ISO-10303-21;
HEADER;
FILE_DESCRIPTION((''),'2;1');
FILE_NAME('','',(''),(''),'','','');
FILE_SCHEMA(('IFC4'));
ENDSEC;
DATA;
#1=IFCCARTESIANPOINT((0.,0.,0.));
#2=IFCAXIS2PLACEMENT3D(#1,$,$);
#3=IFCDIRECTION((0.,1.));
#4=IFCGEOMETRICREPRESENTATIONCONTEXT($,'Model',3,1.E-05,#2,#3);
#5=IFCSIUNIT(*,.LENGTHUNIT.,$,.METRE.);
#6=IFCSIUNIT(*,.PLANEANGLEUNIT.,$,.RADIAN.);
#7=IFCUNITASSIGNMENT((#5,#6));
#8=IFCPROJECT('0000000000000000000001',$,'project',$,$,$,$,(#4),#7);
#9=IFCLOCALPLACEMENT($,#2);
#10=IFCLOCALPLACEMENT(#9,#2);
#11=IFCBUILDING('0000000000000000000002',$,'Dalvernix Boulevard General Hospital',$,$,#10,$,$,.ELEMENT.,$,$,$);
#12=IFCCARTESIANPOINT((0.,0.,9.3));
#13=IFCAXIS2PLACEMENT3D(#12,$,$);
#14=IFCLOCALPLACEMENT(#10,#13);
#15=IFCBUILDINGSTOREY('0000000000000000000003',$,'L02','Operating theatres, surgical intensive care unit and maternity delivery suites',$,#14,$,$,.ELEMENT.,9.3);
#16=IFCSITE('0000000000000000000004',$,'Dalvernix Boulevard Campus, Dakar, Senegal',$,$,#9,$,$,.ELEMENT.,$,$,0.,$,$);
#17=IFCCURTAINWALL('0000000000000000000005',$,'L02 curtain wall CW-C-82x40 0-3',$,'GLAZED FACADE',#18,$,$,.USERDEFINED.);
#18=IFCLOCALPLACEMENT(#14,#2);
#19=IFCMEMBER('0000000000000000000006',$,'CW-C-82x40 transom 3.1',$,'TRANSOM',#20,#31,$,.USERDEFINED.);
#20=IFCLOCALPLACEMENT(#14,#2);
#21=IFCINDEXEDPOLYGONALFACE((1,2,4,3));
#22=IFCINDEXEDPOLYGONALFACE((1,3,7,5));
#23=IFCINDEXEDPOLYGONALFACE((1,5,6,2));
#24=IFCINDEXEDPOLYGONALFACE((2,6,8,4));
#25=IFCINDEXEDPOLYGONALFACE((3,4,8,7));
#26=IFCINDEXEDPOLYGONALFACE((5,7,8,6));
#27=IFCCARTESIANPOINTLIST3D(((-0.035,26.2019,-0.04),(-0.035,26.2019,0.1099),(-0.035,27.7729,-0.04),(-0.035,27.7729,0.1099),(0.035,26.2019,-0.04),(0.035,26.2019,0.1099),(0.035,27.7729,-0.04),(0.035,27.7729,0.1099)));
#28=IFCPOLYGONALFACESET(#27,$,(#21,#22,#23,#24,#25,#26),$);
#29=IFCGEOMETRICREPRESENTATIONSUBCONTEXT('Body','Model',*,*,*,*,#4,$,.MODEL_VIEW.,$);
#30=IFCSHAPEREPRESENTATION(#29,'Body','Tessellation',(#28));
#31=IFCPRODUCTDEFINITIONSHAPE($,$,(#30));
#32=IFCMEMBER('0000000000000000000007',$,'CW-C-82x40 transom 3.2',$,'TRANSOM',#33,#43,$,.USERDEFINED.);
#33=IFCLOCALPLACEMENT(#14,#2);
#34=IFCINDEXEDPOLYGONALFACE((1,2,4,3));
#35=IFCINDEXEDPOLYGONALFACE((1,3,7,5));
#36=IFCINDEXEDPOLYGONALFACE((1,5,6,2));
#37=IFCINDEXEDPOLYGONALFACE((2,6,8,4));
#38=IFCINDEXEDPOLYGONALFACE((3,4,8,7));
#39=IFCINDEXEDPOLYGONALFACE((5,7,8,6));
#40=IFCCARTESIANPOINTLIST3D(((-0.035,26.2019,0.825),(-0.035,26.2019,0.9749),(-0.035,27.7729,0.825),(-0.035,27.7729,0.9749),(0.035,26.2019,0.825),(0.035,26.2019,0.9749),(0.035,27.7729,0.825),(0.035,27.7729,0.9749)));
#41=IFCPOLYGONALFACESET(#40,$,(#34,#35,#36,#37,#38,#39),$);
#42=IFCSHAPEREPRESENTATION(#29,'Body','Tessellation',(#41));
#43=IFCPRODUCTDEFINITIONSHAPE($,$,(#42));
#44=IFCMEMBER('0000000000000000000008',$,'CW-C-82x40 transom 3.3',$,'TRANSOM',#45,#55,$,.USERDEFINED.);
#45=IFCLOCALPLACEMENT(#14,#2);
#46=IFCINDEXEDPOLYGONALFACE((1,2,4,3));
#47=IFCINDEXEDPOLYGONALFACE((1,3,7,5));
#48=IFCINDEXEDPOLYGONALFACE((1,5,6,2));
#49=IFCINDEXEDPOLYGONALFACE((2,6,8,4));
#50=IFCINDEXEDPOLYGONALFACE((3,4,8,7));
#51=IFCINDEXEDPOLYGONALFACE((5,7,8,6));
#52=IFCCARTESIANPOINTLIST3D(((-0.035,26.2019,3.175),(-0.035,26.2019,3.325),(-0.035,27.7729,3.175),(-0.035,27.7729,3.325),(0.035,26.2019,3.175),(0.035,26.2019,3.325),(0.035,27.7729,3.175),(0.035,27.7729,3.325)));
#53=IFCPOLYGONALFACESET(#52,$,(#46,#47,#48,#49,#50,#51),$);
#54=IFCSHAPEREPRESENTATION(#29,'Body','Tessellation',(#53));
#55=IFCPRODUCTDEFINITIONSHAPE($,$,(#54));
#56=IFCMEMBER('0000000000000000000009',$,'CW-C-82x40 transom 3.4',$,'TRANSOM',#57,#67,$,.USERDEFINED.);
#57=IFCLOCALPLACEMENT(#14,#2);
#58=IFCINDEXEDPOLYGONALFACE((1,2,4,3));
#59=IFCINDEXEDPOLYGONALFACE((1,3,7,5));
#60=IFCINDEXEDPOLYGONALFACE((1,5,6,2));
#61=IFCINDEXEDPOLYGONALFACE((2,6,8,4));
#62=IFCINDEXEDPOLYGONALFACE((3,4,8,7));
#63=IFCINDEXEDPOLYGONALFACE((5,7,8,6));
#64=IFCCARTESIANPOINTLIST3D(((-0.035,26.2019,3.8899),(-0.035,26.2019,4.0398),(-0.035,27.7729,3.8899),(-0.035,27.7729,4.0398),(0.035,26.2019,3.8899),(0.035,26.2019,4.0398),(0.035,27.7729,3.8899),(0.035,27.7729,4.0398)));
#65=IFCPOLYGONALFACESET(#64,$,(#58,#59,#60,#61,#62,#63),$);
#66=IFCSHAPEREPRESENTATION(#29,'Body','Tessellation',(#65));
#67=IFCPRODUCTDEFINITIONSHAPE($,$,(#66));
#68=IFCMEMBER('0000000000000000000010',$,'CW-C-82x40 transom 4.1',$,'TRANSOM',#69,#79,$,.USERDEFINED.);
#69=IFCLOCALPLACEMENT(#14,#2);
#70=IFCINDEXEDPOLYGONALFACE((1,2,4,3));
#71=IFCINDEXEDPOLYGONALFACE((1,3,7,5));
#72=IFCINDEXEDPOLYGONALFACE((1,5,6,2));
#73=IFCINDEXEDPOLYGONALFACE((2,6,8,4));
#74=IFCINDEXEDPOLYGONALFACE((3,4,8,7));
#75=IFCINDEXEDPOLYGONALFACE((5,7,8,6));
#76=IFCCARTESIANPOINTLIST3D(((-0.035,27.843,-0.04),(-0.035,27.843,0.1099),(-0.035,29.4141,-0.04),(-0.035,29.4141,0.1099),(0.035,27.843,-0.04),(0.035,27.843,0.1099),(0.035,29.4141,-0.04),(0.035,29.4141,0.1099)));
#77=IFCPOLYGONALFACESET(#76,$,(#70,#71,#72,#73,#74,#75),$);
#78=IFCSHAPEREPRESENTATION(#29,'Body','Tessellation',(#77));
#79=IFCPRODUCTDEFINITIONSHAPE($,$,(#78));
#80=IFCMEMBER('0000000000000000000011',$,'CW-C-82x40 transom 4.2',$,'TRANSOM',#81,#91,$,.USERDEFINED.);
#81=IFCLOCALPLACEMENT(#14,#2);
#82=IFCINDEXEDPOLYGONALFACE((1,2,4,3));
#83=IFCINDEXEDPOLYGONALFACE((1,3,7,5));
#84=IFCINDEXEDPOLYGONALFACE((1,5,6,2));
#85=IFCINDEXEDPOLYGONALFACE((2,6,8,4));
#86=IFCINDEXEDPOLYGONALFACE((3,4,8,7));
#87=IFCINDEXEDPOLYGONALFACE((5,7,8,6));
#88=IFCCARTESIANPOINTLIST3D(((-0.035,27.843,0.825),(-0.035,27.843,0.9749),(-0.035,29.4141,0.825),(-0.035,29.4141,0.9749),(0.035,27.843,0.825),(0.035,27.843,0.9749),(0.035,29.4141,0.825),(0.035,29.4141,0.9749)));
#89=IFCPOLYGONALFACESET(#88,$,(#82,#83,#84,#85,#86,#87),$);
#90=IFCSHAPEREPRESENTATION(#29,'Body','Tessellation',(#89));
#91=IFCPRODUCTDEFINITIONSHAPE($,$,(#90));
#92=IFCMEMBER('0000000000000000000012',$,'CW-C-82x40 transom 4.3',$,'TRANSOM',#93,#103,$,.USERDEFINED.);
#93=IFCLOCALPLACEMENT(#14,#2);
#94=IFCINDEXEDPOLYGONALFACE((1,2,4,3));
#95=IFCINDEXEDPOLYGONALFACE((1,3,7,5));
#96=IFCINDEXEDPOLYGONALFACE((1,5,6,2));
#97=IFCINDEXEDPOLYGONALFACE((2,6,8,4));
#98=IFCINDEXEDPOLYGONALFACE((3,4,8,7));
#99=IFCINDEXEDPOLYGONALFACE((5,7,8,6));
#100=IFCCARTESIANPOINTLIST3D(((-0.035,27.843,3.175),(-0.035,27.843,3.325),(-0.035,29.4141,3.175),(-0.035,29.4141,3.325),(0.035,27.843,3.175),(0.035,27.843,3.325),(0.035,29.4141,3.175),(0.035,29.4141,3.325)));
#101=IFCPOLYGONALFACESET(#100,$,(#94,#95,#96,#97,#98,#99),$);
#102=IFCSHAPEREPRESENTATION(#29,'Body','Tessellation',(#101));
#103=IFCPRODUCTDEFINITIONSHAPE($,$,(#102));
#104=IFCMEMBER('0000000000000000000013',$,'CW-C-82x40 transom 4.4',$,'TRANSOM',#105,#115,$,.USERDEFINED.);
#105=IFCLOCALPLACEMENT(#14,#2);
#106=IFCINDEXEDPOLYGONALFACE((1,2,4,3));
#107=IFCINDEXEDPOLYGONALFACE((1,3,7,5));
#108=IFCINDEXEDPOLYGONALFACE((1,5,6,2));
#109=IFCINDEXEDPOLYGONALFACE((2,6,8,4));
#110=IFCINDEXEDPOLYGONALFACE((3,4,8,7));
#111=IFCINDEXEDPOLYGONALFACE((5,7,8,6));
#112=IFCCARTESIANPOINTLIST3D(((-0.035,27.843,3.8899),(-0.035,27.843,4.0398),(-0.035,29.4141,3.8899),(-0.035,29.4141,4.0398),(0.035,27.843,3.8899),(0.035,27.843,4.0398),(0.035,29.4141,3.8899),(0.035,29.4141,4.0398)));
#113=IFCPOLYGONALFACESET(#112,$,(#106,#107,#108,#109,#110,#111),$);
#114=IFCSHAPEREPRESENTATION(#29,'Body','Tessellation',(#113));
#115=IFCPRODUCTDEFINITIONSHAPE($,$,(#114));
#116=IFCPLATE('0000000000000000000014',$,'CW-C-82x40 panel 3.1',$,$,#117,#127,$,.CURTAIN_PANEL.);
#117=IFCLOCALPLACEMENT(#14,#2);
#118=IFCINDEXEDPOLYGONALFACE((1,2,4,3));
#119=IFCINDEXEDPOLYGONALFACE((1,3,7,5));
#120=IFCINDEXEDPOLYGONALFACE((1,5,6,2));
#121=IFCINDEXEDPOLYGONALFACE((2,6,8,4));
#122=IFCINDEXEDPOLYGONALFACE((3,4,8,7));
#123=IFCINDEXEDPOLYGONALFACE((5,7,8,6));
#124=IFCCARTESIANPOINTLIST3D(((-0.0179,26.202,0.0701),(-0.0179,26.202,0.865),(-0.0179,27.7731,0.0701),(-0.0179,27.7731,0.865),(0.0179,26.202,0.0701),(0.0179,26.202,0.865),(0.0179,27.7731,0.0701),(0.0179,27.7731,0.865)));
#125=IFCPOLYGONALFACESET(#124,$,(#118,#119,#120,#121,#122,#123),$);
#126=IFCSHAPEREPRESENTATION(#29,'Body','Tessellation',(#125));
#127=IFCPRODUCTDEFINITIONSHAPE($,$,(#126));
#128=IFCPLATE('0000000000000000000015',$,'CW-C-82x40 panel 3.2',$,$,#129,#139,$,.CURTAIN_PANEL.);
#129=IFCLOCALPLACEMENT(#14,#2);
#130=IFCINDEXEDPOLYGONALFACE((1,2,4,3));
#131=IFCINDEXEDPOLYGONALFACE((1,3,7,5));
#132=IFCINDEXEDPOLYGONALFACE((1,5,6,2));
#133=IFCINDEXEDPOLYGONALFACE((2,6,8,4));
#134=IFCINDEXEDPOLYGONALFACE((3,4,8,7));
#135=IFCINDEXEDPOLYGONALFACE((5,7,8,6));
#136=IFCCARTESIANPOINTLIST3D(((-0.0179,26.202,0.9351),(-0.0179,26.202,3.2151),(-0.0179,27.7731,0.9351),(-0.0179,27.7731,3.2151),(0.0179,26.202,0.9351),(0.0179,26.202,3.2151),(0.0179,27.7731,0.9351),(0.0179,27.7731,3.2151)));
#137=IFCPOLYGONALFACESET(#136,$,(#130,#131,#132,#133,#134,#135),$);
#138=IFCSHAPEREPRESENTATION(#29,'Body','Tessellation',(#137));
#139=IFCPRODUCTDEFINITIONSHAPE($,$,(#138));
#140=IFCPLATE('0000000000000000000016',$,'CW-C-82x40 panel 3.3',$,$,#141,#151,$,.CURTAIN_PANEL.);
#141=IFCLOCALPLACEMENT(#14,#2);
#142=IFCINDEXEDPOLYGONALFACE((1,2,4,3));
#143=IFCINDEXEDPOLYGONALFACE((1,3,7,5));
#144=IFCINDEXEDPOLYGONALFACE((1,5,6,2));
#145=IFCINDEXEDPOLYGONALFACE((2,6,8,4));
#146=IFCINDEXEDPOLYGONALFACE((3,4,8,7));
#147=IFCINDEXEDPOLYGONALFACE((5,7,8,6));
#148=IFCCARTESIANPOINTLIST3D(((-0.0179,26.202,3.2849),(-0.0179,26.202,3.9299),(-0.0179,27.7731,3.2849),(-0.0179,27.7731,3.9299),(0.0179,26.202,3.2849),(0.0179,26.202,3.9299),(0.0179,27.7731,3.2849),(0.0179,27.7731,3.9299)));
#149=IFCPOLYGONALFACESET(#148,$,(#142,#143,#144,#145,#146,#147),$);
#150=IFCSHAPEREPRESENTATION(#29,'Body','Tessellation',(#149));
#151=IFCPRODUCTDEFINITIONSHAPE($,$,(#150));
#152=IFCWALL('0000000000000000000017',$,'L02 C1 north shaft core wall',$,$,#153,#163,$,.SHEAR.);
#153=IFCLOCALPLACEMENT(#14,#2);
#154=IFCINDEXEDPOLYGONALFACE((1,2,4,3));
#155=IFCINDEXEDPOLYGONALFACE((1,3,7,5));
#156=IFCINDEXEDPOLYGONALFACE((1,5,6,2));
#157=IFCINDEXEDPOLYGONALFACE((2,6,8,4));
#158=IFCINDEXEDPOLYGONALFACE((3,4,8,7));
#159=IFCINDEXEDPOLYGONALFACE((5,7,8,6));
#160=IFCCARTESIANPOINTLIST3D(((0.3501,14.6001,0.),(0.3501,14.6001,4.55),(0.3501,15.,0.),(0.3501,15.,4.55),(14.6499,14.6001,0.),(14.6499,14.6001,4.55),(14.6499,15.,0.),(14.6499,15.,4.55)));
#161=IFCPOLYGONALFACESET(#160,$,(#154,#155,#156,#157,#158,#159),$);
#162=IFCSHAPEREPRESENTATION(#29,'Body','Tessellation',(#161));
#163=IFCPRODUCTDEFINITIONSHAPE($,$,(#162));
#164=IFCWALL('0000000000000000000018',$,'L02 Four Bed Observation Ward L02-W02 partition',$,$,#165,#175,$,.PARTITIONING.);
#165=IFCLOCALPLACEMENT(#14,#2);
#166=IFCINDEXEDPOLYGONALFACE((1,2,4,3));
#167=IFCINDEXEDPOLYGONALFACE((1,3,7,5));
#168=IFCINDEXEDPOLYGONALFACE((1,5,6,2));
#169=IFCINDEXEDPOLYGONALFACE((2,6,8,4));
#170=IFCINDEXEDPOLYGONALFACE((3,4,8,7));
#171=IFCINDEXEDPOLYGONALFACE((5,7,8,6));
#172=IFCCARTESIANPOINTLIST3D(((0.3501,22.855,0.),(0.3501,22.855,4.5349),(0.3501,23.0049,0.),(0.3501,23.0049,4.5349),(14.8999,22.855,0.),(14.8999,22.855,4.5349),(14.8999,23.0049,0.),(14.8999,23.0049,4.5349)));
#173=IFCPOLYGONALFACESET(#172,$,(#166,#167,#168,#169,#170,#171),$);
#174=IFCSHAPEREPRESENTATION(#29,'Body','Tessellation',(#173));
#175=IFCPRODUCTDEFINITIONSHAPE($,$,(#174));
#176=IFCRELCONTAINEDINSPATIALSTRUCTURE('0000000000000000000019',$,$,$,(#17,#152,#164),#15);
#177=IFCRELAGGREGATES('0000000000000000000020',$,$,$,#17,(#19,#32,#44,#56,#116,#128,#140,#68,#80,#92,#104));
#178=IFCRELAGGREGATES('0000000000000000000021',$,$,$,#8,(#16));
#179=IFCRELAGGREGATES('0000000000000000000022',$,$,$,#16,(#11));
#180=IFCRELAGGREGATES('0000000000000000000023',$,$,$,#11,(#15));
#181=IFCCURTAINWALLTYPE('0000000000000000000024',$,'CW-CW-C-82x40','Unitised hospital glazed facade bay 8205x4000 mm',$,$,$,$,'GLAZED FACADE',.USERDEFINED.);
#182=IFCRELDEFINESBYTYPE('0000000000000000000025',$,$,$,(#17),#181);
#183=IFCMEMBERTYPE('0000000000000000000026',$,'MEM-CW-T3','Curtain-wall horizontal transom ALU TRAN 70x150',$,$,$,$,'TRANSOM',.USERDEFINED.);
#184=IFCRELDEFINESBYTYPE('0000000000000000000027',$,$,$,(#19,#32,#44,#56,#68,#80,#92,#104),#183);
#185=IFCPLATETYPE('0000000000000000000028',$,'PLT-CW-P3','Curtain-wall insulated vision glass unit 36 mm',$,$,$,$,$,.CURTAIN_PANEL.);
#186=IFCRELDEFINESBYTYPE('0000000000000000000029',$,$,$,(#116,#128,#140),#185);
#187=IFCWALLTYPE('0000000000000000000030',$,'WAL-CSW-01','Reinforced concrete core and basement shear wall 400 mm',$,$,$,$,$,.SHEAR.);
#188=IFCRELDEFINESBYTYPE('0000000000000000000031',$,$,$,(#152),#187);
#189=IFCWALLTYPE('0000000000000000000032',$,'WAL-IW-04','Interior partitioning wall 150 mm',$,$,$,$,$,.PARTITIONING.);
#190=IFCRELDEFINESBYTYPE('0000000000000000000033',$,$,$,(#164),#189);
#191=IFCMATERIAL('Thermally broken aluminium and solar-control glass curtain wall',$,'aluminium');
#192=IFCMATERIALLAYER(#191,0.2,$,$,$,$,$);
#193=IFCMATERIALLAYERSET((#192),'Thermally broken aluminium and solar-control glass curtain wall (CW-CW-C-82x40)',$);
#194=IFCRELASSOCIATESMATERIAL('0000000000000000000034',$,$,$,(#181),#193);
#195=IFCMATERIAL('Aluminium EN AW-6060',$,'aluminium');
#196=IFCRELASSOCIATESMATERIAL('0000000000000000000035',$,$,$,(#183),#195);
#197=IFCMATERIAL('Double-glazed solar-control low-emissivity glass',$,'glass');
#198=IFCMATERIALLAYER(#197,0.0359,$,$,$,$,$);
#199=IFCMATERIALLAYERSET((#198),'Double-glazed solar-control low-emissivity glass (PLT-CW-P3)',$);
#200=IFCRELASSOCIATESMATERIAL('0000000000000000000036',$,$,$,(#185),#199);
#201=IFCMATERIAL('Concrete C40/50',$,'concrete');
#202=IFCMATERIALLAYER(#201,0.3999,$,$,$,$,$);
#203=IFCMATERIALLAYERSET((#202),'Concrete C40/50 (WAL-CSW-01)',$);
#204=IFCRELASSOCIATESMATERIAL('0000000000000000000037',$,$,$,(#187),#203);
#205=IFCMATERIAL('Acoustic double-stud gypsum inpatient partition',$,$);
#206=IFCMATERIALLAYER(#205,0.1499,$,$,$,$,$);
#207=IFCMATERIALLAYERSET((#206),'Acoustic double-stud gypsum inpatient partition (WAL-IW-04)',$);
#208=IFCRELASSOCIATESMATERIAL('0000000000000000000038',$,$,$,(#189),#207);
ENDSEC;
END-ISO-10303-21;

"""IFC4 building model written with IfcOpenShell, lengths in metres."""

from ifc_helpers import new_model, si_unit, direction, frame, frame_2d, origin, origin_2d, place, context, subcontext, project, spatial, rectangle, extrude, material, layer, layer_set, material_profile, profile_set, type_object, element, aggregate, save


model = new_model("IFC4")

# Units and contexts
model_context = context("Model", 3, precision=1e-05, world=origin(), true_north=direction((0.0, 1.0)))
body_context = subcontext(model_context, "Body", "Model", "MODEL_VIEW")
ifc_project = project(units=[si_unit("LENGTHUNIT", "METRE"), si_unit("PLANEANGLEUNIT", "RADIAN")], contexts=[model_context])

# Site, building, storey
site_placement = place(None, origin())
site = spatial("IfcSite", under=ifc_project, at=site_placement, Name="Dalvernix Boulevard Campus, Dakar, Senegal", CompositionType="ELEMENT", RefElevation=0.0)
building_placement = place(site_placement, origin())
building = spatial("IfcBuilding", under=site, at=building_placement, Name="Dalvernix Boulevard General Hospital", CompositionType="ELEMENT")
storey_placement = place(building_placement, frame((0.0, 0.0, 9.3)))
storey = spatial("IfcBuildingStorey", under=building, at=storey_placement, Name="L02", Description="Operating theatres, surgical intensive care unit and maternity delivery suites", CompositionType="ELEMENT", Elevation=9.3)

# Shared definitions
ifc_material_1 = material(Name="Concrete C40/50", Category="concrete")

# Curtain wall, members, plates
ifc_material_2 = material(Name="Thermally broken aluminium and solar-control glass curtain wall", Category="aluminium")
ifc_layer_1 = layer(ifc_material_2, 0.2)
ifc_layer_set_1 = layer_set([ifc_layer_1], Name="Thermally broken aluminium and solar-control glass curtain wall (CW-CW-C-82x40)")
curtain_wall_type = type_object("IfcCurtainWallType", Name="CW-CW-C-82x40", Description="Unitised hospital glazed facade bay 8205x4000 mm", ElementType="GLAZED FACADE", PredefinedType="USERDEFINED", material=ifc_layer_set_1)
curtain_wall_placement = place(storey_placement, origin())
curtain_wall = element("IfcCurtainWall", 1, at=curtain_wall_placement, inside=storey, type_object=curtain_wall_type, Name="L02 curtain wall CW-C-82x40 0-3", ObjectType="GLAZED FACADE", PredefinedType="USERDEFINED")
ifc_material_3 = material(Name="Aluminium EN AW-6060", Category="aluminium")
ifc_material_profile_1 = material_profile(ifc_material_3, rectangle(XDim=0.0701, YDim=0.1499, at=origin_2d()), Name="ALU TRAN 70x150")
ifc_profile_set_1 = profile_set([ifc_material_profile_1], Name="Aluminium EN AW-6060")
member_type_1 = type_object("IfcMemberType", Name="MEM-CW-T3", Description="Curtain-wall horizontal transom ALU TRAN 70x150", ElementType="TRANSOM", PredefinedType="USERDEFINED", material=ifc_profile_set_1)
member_1_placement = place(storey_placement, frame((0.0, 26.2019, 0.0349), z_axis=(0.0, 1.0, 0.0), x_axis=(-1.0, 0.0, 0.0)))
member_1 = element("IfcMember", 2, at=member_1_placement, type_object=member_type_1, Name="CW-C-82x40 transom 3.1", ObjectType="TRANSOM", PredefinedType="USERDEFINED", context=body_context, shape_type="SweptSolid", body=[
    extrude(rectangle(XDim=0.0701, YDim=0.1499, at=origin_2d()), origin(), (0.0, 0.0, 1.0), 1.571),
])
member_2_placement = place(storey_placement, frame((0.0, 26.2019, 0.8999), z_axis=(0.0, 1.0, 0.0), x_axis=(-1.0, 0.0, 0.0)))
member_2 = element("IfcMember", 3, at=member_2_placement, type_object=member_type_1, Name="CW-C-82x40 transom 3.2", ObjectType="TRANSOM", PredefinedType="USERDEFINED", context=body_context, shape_type="SweptSolid", body=[
    extrude(rectangle(XDim=0.0701, YDim=0.1499, at=origin_2d()), origin(), (0.0, 0.0, 1.0), 1.571),
])
member_3_placement = place(storey_placement, frame((0.0, 26.2019, 3.25), z_axis=(0.0, 1.0, 0.0), x_axis=(-1.0, 0.0, 0.0)))
member_3 = element("IfcMember", 4, at=member_3_placement, type_object=member_type_1, Name="CW-C-82x40 transom 3.3", ObjectType="TRANSOM", PredefinedType="USERDEFINED", context=body_context, shape_type="SweptSolid", body=[
    extrude(rectangle(XDim=0.0701, YDim=0.1499, at=origin_2d()), origin(), (0.0, 0.0, 1.0), 1.571),
])
member_4_placement = place(storey_placement, frame((0.0, 26.2019, 3.9648), z_axis=(0.0, 1.0, 0.0), x_axis=(-1.0, 0.0, 0.0)))
member_4 = element("IfcMember", 5, at=member_4_placement, type_object=member_type_1, Name="CW-C-82x40 transom 3.4", ObjectType="TRANSOM", PredefinedType="USERDEFINED", context=body_context, shape_type="SweptSolid", body=[
    extrude(rectangle(XDim=0.0701, YDim=0.1499, at=origin_2d()), origin(), (0.0, 0.0, 1.0), 1.571),
])
member_5_placement = place(storey_placement, frame((0.0, 27.843, 0.0349), z_axis=(0.0, 1.0, 0.0), x_axis=(-1.0, 0.0, 0.0)))
member_5 = element("IfcMember", 6, at=member_5_placement, type_object=member_type_1, Name="CW-C-82x40 transom 4.1", ObjectType="TRANSOM", PredefinedType="USERDEFINED", context=body_context, shape_type="SweptSolid", body=[
    extrude(rectangle(XDim=0.0701, YDim=0.1499, at=origin_2d()), origin(), (0.0, 0.0, 1.0), 1.571),
])
member_6_placement = place(storey_placement, frame((0.0, 27.843, 0.8999), z_axis=(0.0, 1.0, 0.0), x_axis=(-1.0, 0.0, 0.0)))
member_6 = element("IfcMember", 7, at=member_6_placement, type_object=member_type_1, Name="CW-C-82x40 transom 4.2", ObjectType="TRANSOM", PredefinedType="USERDEFINED", context=body_context, shape_type="SweptSolid", body=[
    extrude(rectangle(XDim=0.0701, YDim=0.1499, at=origin_2d()), origin(), (0.0, 0.0, 1.0), 1.571),
])
member_7_placement = place(storey_placement, frame((0.0, 27.843, 3.25), z_axis=(0.0, 1.0, 0.0), x_axis=(-1.0, 0.0, 0.0)))
member_7 = element("IfcMember", 8, at=member_7_placement, type_object=member_type_1, Name="CW-C-82x40 transom 4.3", ObjectType="TRANSOM", PredefinedType="USERDEFINED", context=body_context, shape_type="SweptSolid", body=[
    extrude(rectangle(XDim=0.0701, YDim=0.1499, at=origin_2d()), origin(), (0.0, 0.0, 1.0), 1.571),
])
member_8_placement = place(storey_placement, frame((0.0, 27.843, 3.9648), z_axis=(0.0, 1.0, 0.0), x_axis=(-1.0, 0.0, 0.0)))
member_8 = element("IfcMember", 9, at=member_8_placement, type_object=member_type_1, Name="CW-C-82x40 transom 4.4", ObjectType="TRANSOM", PredefinedType="USERDEFINED", context=body_context, shape_type="SweptSolid", body=[
    extrude(rectangle(XDim=0.0701, YDim=0.1499, at=origin_2d()), origin(), (0.0, 0.0, 1.0), 1.571),
])
ifc_material_4 = material(Name="Double-glazed solar-control low-emissivity glass", Category="glass")
ifc_layer_2 = layer(ifc_material_4, 0.0359)
ifc_layer_set_2 = layer_set([ifc_layer_2], Name="Double-glazed solar-control low-emissivity glass (PLT-CW-P3)")
plate_type = type_object("IfcPlateType", Name="PLT-CW-P3", Description="Curtain-wall insulated vision glass unit 36 mm", PredefinedType="CURTAIN_PANEL", material=ifc_layer_set_2)
plate_1_placement = place(storey_placement, frame((0.0, 26.9875, 0.0701), z_axis=(0.0, 0.0, 1.0), x_axis=(0.0, 1.0, 0.0)))
plate_1 = element("IfcPlate", 10, at=plate_1_placement, type_object=plate_type, Name="CW-C-82x40 panel 3.1", PredefinedType="CURTAIN_PANEL", context=body_context, shape_type="SweptSolid", body=[
    extrude(rectangle(XDim=1.571, YDim=0.0359, at=origin_2d()), origin(), (0.0, 0.0, 1.0), 0.7949),
])
plate_2_placement = place(storey_placement, frame((0.0, 26.9875, 0.9351), z_axis=(0.0, 0.0, 1.0), x_axis=(0.0, 1.0, 0.0)))
plate_2 = element("IfcPlate", 11, at=plate_2_placement, type_object=plate_type, Name="CW-C-82x40 panel 3.2", PredefinedType="CURTAIN_PANEL", context=body_context, shape_type="SweptSolid", body=[
    extrude(rectangle(XDim=1.571, YDim=0.0359, at=origin_2d()), origin(), (0.0, 0.0, 1.0), 2.28),
])
plate_3_placement = place(storey_placement, frame((0.0, 26.9875, 3.2849), z_axis=(0.0, 0.0, 1.0), x_axis=(0.0, 1.0, 0.0)))
plate_3 = element("IfcPlate", 12, at=plate_3_placement, type_object=plate_type, Name="CW-C-82x40 panel 3.3", PredefinedType="CURTAIN_PANEL", context=body_context, shape_type="SweptSolid", body=[
    extrude(rectangle(XDim=1.571, YDim=0.0359, at=origin_2d()), origin(), (0.0, 0.0, 1.0), 0.645),
])
aggregate(curtain_wall, [member_1, member_2, member_3, member_4, plate_1, plate_2, plate_3, member_5, member_6, member_7, member_8])

# Walls
ifc_layer_3 = layer(ifc_material_1, 0.3999)
ifc_layer_set_3 = layer_set([ifc_layer_3], Name="Concrete C40/50 (WAL-CSW-01)")
wall_type_1 = type_object("IfcWallType", Name="WAL-CSW-01", Description="Reinforced concrete core and basement shear wall 400 mm", PredefinedType="SHEAR", material=ifc_layer_set_3)
wall_1_placement = place(storey_placement, frame((0.3501, 14.8, 0.0), z_axis=(0.0, 0.0, 1.0), x_axis=(1.0, 0.0, 0.0)))
element("IfcWall", 13, at=wall_1_placement, inside=storey, type_object=wall_type_1, Name="L02 C1 north shaft core wall", PredefinedType="SHEAR", context=body_context, shape_type="SweptSolid", body=[
    extrude(rectangle(XDim=14.2998, YDim=0.3999, at=frame_2d((7.1499, 0.0))), origin(), (0.0, 0.0, 1.0), 4.55),
])
ifc_material_5 = material(Name="Acoustic double-stud gypsum inpatient partition")
ifc_layer_4 = layer(ifc_material_5, 0.1499)
ifc_layer_set_4 = layer_set([ifc_layer_4], Name="Acoustic double-stud gypsum inpatient partition (WAL-IW-04)")
wall_type_2 = type_object("IfcWallType", Name="WAL-IW-04", Description="Interior partitioning wall 150 mm", PredefinedType="PARTITIONING", material=ifc_layer_set_4)
wall_2_placement = place(storey_placement, frame((0.3501, 22.9299, 0.0), z_axis=(0.0, 0.0, 1.0), x_axis=(1.0, 0.0, 0.0)))
element("IfcWall", 14, at=wall_2_placement, inside=storey, type_object=wall_type_2, Name="L02 Four Bed Observation Ward L02-W02 partition", PredefinedType="PARTITIONING", context=body_context, shape_type="SweptSolid", body=[
    extrude(rectangle(XDim=14.5498, YDim=0.1499, at=frame_2d((7.2749, 0.0))), origin(), (0.0, 0.0, 1.0), 4.5349),
])

save(model, "model.ifc")
